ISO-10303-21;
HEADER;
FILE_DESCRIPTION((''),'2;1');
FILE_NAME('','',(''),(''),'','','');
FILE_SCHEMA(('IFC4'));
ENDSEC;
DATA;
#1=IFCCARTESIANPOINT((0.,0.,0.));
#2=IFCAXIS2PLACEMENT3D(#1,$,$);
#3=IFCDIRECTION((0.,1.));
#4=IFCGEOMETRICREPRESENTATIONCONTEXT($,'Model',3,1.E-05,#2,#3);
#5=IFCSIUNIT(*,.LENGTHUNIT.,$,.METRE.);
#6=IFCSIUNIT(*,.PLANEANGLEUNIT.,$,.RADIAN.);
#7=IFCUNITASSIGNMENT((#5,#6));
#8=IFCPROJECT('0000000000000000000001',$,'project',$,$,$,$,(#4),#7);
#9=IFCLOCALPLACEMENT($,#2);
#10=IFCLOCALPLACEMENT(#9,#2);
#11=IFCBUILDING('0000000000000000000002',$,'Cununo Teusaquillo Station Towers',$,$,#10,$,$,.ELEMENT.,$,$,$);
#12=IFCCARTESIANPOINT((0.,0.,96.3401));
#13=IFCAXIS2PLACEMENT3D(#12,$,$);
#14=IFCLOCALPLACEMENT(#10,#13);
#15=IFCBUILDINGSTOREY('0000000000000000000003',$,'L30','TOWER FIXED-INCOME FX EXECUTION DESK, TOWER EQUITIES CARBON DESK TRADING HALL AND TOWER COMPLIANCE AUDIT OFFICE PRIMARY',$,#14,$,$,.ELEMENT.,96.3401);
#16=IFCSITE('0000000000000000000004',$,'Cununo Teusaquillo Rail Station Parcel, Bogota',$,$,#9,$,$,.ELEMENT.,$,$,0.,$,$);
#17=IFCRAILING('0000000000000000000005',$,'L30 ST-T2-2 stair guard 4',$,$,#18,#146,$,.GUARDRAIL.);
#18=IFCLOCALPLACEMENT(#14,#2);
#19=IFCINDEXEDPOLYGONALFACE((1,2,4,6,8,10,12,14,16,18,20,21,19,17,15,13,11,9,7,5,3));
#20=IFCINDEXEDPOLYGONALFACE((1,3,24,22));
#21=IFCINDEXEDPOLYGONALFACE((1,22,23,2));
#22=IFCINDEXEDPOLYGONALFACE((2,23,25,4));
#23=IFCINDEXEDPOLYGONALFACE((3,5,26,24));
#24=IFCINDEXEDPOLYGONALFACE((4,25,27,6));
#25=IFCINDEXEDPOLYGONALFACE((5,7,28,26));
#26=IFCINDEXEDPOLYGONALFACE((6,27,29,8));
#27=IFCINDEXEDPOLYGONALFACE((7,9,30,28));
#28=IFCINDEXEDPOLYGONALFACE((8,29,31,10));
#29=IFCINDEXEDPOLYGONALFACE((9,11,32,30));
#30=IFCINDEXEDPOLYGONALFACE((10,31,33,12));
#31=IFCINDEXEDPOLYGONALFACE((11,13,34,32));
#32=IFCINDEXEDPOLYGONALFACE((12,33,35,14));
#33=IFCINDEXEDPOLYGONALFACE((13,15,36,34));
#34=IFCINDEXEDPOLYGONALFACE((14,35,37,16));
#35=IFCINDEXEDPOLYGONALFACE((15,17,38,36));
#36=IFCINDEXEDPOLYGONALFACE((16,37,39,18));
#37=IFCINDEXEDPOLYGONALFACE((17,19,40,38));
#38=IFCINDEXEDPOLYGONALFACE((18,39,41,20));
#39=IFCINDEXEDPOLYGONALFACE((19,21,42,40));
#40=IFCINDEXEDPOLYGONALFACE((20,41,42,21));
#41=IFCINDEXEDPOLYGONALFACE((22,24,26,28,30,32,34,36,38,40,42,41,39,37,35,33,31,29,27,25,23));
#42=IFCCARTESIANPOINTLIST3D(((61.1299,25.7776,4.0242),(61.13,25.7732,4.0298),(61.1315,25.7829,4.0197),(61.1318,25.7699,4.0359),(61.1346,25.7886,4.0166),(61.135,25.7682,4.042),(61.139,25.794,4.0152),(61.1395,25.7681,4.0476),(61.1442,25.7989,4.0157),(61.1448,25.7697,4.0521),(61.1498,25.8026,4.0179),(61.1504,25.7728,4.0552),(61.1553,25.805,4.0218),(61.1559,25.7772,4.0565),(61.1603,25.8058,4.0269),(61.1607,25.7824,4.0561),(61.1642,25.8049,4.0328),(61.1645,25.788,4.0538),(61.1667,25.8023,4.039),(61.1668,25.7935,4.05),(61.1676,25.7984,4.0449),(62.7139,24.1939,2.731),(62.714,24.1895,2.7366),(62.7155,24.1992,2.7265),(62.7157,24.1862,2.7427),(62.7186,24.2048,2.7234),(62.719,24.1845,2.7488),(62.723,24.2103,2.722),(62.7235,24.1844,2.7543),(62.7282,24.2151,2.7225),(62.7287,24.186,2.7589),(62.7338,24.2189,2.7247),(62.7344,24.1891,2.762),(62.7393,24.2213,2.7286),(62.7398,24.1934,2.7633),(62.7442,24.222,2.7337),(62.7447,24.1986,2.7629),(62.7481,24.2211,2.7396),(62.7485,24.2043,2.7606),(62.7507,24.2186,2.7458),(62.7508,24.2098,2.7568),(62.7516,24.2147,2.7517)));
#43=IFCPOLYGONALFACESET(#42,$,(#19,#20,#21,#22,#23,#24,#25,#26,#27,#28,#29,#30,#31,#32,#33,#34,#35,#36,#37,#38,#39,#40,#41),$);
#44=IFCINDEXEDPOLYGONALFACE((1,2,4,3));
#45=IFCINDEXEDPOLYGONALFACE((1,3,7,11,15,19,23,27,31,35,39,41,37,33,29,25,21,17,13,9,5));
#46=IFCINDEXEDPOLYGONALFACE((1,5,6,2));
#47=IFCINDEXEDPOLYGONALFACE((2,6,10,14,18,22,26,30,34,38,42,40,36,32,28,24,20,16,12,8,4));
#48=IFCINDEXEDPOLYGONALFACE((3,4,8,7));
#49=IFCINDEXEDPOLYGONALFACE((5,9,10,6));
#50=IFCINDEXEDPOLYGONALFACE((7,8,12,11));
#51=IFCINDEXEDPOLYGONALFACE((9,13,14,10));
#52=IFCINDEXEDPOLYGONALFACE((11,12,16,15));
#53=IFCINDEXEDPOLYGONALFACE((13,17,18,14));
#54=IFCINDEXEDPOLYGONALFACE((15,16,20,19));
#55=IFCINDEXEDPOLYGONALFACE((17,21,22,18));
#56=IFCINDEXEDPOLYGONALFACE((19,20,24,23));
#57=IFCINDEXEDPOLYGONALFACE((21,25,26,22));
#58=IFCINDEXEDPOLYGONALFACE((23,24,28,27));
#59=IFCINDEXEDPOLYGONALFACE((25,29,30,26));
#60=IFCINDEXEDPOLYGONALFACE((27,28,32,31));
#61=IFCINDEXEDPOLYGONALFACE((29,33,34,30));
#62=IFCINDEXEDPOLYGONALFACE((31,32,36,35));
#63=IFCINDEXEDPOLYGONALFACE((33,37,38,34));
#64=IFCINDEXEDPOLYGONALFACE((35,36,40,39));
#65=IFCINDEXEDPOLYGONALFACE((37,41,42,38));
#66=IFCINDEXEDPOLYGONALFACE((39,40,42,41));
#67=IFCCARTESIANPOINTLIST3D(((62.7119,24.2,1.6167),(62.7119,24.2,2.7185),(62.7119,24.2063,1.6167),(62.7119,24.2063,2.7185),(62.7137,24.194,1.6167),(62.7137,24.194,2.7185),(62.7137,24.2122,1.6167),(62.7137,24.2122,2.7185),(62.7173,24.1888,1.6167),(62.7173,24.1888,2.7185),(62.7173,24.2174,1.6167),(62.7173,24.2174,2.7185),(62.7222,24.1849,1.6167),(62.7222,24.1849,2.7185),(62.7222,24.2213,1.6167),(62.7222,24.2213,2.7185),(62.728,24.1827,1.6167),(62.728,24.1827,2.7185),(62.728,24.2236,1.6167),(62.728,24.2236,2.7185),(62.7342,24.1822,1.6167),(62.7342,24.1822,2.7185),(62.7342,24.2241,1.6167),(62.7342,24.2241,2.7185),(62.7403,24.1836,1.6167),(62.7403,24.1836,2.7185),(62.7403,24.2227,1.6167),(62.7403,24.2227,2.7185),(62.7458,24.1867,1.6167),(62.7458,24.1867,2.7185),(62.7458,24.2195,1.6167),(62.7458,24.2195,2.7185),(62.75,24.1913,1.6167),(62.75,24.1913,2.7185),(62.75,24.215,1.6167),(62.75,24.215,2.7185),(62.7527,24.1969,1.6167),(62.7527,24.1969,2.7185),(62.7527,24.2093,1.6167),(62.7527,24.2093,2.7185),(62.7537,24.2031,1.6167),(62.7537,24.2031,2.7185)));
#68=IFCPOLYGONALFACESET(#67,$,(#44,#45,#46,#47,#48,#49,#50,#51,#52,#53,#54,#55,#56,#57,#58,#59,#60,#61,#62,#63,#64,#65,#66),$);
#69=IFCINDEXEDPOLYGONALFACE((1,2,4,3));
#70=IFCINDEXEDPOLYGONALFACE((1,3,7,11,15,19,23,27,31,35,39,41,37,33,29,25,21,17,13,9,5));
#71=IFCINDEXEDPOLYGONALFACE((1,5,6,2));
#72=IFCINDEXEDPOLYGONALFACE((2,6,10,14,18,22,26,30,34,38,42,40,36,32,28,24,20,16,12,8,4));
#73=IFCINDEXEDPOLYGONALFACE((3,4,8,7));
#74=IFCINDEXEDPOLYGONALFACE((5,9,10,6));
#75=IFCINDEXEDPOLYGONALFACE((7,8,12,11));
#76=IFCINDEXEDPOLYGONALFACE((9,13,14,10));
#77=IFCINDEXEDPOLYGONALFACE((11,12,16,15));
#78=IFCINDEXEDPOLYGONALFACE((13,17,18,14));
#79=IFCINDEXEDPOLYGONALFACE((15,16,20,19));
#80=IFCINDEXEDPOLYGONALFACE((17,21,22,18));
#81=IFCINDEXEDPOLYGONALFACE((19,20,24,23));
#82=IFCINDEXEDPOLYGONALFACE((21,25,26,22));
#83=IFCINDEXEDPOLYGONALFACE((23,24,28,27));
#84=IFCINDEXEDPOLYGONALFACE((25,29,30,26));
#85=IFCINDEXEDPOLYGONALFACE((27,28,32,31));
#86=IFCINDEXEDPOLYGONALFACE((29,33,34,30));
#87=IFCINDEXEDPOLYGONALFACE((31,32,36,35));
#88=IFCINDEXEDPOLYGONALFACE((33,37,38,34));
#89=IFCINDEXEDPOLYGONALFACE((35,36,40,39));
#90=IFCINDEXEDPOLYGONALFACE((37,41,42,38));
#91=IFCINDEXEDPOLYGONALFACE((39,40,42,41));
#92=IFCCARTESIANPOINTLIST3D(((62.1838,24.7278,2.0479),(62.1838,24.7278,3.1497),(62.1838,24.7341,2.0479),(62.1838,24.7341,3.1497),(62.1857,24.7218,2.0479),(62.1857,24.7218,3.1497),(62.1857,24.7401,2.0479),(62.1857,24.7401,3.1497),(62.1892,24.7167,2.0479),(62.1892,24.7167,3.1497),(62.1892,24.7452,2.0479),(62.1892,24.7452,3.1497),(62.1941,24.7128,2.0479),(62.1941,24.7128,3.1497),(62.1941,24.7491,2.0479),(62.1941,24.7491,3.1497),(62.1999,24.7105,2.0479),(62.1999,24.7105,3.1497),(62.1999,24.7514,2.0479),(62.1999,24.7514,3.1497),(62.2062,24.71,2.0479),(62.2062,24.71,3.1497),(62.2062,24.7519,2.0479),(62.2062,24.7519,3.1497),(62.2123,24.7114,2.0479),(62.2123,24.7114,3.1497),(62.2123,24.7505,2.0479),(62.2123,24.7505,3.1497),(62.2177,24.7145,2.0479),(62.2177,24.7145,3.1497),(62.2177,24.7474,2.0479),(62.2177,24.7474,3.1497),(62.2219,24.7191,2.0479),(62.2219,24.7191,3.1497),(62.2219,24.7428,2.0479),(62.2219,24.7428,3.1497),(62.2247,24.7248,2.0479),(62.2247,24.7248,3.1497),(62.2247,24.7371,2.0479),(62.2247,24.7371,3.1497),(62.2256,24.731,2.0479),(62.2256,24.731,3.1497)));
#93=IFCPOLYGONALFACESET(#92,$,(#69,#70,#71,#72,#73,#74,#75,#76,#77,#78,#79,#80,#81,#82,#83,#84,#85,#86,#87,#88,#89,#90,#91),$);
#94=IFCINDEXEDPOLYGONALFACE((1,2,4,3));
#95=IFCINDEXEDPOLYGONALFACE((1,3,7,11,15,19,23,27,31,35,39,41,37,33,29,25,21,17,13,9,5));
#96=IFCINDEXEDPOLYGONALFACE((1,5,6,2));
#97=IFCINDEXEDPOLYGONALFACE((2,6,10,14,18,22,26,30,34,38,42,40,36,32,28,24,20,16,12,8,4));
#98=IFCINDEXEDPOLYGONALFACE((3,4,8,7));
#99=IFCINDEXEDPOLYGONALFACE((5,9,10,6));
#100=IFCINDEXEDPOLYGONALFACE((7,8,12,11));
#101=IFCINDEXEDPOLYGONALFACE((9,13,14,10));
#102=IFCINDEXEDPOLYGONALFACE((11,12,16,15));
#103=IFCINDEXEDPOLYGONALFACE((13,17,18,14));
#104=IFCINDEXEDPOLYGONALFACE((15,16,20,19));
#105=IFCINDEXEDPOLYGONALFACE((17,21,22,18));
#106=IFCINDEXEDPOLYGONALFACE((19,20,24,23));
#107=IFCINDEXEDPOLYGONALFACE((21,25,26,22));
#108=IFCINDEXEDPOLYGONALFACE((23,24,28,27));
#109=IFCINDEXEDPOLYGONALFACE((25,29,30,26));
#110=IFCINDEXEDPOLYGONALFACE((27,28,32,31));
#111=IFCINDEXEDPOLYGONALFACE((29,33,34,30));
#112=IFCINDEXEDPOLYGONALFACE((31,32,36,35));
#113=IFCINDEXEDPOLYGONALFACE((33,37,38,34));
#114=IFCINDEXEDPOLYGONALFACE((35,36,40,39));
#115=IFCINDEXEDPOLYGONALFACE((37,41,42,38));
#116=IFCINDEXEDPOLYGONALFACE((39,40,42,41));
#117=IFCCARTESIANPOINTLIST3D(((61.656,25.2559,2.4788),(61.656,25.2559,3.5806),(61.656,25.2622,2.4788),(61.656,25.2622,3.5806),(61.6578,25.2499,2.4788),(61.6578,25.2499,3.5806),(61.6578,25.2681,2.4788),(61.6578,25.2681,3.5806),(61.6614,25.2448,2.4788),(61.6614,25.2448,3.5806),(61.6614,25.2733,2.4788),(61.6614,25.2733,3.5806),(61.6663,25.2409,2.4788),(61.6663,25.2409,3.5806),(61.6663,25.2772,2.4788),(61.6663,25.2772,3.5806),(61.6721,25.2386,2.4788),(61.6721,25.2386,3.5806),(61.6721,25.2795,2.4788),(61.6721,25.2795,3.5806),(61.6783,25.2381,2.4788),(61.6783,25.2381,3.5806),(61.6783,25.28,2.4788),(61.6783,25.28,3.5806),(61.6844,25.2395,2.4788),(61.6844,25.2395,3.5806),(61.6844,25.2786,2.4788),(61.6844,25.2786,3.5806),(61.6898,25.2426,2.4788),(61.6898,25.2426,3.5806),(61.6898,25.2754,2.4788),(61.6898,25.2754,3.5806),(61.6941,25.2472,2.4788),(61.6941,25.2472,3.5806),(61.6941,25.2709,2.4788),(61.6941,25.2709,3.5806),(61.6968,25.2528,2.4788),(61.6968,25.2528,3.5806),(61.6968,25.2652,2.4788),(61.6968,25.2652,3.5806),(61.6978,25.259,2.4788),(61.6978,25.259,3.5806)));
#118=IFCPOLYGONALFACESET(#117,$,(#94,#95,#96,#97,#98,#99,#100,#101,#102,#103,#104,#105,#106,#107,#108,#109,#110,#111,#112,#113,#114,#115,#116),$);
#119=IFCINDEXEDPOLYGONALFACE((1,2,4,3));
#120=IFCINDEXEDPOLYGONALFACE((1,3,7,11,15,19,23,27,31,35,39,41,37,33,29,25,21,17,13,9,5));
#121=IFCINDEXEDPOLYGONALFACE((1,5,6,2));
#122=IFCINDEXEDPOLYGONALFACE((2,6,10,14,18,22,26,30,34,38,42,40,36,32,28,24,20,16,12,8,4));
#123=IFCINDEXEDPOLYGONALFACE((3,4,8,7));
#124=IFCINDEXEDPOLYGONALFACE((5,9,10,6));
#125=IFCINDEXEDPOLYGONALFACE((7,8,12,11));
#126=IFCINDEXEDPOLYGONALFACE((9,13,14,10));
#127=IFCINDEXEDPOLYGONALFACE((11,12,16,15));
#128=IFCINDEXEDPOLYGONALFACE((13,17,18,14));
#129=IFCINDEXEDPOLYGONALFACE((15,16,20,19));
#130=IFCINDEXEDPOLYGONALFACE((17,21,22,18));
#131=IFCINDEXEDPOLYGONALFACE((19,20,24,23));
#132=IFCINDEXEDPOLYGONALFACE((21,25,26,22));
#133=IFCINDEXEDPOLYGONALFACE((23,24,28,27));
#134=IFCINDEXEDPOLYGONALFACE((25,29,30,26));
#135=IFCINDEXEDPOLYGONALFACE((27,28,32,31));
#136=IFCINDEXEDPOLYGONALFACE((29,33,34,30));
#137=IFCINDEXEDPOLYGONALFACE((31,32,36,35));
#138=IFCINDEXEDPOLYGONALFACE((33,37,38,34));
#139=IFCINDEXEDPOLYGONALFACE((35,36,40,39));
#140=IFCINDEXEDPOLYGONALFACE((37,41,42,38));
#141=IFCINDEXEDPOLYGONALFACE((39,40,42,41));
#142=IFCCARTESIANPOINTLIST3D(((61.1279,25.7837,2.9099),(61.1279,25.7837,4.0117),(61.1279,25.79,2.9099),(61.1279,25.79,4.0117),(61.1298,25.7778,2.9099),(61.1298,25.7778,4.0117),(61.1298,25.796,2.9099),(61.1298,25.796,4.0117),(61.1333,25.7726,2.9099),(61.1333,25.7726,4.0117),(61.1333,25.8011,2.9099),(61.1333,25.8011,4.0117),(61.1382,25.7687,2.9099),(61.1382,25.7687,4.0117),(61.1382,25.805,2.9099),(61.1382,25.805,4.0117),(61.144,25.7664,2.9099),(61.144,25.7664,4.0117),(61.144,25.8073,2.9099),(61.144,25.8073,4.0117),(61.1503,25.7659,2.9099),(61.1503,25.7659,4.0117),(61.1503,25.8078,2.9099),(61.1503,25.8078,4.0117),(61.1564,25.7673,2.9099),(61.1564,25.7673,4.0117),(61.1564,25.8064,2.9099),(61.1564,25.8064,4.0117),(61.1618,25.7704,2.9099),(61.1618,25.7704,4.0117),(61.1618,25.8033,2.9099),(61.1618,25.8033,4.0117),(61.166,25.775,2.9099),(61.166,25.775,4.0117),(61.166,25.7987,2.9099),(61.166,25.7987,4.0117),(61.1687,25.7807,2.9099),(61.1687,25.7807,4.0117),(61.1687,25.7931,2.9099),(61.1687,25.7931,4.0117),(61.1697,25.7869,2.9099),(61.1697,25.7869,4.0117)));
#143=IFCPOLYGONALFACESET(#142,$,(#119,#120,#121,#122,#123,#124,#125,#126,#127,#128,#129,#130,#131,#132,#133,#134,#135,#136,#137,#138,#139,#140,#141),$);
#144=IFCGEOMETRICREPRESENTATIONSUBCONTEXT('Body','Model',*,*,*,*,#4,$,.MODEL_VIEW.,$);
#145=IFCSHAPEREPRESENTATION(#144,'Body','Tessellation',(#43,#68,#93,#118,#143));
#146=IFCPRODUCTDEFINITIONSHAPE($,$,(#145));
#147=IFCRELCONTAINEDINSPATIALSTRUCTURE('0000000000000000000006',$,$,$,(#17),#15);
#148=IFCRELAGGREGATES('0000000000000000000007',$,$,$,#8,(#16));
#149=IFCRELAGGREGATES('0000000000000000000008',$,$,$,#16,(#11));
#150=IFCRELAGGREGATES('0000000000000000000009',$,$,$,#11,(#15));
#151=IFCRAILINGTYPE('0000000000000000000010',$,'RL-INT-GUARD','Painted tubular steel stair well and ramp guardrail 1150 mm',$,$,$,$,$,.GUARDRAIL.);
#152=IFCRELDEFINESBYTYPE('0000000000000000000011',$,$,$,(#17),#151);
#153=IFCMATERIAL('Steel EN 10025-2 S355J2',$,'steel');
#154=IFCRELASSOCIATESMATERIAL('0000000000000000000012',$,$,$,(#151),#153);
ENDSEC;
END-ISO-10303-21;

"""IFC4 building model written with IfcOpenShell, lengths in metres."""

from ifc_helpers import new_model, si_unit, direction, frame, origin, origin_2d, place, context, subcontext, project, spatial, circle, extrude, material, type_object, element, save


model = new_model("IFC4")

# Units and contexts
model_context = context("Model", 3, precision=1e-05, world=origin(), true_north=direction((0.0, 1.0)))
body_context = subcontext(model_context, "Body", "Model", "MODEL_VIEW")
ifc_project = project(units=[si_unit("LENGTHUNIT", "METRE"), si_unit("PLANEANGLEUNIT", "RADIAN")], contexts=[model_context])

# Site, building, storey
site_placement = place(None, origin())
site = spatial("IfcSite", under=ifc_project, at=site_placement, Name="Cununo Teusaquillo Rail Station Parcel, Bogota", CompositionType="ELEMENT", RefElevation=0.0)
building_placement = place(site_placement, origin())
building = spatial("IfcBuilding", under=site, at=building_placement, Name="Cununo Teusaquillo Station Towers", CompositionType="ELEMENT")
storey_placement = place(building_placement, frame((0.0, 0.0, 96.3401)))
storey = spatial("IfcBuildingStorey", under=building, at=storey_placement, Name="L30", Description="TOWER FIXED-INCOME FX EXECUTION DESK, TOWER EQUITIES CARBON DESK TRADING HALL AND TOWER COMPLIANCE AUDIT OFFICE PRIMARY", CompositionType="ELEMENT", Elevation=96.3401)

# Railing
ifc_material_1 = material(Name="Steel EN 10025-2 S355J2", Category="steel")
railing_type_1 = type_object("IfcRailingType", Name="RL-INT-GUARD", Description="Painted tubular steel stair well and ramp guardrail 1150 mm", PredefinedType="GUARDRAIL", material=ifc_material_1)
railing_1_placement = place(storey_placement, frame((62.7327, 24.2031, 1.6167)))
element("IfcRailing", 1, at=railing_1_placement, inside=storey, type_object=railing_type_1, Name="L30 ST-T2-2 stair guard 4", PredefinedType="GUARDRAIL", context=body_context, shape_type="SweptSolid", body=[
    extrude(circle(Radius=0.0239, at=origin_2d()), frame((0.0, 0.0, 1.126), z_axis=(-0.61242, 0.612326, 0.499998), x_axis=(-0.707052, -0.707161, 0.0)), (0.0, 0.0, 1.0), 2.5864),
    extrude(circle(Radius=0.021, at=origin_2d()), origin(), (0.0, 0.0, 1.0), 1.1018),
    extrude(circle(Radius=0.021, at=origin_2d()), frame((-0.5281, 0.5278, 0.4312)), (0.0, 0.0, 1.0), 1.1018),
    extrude(circle(Radius=0.021, at=origin_2d()), frame((-1.0559, 1.0559, 0.8621)), (0.0, 0.0, 1.0), 1.1018),
    extrude(circle(Radius=0.021, at=origin_2d()), frame((-1.584, 1.5837, 1.2932)), (0.0, 0.0, 1.0), 1.1018),
])

save(model, "model.ifc")
